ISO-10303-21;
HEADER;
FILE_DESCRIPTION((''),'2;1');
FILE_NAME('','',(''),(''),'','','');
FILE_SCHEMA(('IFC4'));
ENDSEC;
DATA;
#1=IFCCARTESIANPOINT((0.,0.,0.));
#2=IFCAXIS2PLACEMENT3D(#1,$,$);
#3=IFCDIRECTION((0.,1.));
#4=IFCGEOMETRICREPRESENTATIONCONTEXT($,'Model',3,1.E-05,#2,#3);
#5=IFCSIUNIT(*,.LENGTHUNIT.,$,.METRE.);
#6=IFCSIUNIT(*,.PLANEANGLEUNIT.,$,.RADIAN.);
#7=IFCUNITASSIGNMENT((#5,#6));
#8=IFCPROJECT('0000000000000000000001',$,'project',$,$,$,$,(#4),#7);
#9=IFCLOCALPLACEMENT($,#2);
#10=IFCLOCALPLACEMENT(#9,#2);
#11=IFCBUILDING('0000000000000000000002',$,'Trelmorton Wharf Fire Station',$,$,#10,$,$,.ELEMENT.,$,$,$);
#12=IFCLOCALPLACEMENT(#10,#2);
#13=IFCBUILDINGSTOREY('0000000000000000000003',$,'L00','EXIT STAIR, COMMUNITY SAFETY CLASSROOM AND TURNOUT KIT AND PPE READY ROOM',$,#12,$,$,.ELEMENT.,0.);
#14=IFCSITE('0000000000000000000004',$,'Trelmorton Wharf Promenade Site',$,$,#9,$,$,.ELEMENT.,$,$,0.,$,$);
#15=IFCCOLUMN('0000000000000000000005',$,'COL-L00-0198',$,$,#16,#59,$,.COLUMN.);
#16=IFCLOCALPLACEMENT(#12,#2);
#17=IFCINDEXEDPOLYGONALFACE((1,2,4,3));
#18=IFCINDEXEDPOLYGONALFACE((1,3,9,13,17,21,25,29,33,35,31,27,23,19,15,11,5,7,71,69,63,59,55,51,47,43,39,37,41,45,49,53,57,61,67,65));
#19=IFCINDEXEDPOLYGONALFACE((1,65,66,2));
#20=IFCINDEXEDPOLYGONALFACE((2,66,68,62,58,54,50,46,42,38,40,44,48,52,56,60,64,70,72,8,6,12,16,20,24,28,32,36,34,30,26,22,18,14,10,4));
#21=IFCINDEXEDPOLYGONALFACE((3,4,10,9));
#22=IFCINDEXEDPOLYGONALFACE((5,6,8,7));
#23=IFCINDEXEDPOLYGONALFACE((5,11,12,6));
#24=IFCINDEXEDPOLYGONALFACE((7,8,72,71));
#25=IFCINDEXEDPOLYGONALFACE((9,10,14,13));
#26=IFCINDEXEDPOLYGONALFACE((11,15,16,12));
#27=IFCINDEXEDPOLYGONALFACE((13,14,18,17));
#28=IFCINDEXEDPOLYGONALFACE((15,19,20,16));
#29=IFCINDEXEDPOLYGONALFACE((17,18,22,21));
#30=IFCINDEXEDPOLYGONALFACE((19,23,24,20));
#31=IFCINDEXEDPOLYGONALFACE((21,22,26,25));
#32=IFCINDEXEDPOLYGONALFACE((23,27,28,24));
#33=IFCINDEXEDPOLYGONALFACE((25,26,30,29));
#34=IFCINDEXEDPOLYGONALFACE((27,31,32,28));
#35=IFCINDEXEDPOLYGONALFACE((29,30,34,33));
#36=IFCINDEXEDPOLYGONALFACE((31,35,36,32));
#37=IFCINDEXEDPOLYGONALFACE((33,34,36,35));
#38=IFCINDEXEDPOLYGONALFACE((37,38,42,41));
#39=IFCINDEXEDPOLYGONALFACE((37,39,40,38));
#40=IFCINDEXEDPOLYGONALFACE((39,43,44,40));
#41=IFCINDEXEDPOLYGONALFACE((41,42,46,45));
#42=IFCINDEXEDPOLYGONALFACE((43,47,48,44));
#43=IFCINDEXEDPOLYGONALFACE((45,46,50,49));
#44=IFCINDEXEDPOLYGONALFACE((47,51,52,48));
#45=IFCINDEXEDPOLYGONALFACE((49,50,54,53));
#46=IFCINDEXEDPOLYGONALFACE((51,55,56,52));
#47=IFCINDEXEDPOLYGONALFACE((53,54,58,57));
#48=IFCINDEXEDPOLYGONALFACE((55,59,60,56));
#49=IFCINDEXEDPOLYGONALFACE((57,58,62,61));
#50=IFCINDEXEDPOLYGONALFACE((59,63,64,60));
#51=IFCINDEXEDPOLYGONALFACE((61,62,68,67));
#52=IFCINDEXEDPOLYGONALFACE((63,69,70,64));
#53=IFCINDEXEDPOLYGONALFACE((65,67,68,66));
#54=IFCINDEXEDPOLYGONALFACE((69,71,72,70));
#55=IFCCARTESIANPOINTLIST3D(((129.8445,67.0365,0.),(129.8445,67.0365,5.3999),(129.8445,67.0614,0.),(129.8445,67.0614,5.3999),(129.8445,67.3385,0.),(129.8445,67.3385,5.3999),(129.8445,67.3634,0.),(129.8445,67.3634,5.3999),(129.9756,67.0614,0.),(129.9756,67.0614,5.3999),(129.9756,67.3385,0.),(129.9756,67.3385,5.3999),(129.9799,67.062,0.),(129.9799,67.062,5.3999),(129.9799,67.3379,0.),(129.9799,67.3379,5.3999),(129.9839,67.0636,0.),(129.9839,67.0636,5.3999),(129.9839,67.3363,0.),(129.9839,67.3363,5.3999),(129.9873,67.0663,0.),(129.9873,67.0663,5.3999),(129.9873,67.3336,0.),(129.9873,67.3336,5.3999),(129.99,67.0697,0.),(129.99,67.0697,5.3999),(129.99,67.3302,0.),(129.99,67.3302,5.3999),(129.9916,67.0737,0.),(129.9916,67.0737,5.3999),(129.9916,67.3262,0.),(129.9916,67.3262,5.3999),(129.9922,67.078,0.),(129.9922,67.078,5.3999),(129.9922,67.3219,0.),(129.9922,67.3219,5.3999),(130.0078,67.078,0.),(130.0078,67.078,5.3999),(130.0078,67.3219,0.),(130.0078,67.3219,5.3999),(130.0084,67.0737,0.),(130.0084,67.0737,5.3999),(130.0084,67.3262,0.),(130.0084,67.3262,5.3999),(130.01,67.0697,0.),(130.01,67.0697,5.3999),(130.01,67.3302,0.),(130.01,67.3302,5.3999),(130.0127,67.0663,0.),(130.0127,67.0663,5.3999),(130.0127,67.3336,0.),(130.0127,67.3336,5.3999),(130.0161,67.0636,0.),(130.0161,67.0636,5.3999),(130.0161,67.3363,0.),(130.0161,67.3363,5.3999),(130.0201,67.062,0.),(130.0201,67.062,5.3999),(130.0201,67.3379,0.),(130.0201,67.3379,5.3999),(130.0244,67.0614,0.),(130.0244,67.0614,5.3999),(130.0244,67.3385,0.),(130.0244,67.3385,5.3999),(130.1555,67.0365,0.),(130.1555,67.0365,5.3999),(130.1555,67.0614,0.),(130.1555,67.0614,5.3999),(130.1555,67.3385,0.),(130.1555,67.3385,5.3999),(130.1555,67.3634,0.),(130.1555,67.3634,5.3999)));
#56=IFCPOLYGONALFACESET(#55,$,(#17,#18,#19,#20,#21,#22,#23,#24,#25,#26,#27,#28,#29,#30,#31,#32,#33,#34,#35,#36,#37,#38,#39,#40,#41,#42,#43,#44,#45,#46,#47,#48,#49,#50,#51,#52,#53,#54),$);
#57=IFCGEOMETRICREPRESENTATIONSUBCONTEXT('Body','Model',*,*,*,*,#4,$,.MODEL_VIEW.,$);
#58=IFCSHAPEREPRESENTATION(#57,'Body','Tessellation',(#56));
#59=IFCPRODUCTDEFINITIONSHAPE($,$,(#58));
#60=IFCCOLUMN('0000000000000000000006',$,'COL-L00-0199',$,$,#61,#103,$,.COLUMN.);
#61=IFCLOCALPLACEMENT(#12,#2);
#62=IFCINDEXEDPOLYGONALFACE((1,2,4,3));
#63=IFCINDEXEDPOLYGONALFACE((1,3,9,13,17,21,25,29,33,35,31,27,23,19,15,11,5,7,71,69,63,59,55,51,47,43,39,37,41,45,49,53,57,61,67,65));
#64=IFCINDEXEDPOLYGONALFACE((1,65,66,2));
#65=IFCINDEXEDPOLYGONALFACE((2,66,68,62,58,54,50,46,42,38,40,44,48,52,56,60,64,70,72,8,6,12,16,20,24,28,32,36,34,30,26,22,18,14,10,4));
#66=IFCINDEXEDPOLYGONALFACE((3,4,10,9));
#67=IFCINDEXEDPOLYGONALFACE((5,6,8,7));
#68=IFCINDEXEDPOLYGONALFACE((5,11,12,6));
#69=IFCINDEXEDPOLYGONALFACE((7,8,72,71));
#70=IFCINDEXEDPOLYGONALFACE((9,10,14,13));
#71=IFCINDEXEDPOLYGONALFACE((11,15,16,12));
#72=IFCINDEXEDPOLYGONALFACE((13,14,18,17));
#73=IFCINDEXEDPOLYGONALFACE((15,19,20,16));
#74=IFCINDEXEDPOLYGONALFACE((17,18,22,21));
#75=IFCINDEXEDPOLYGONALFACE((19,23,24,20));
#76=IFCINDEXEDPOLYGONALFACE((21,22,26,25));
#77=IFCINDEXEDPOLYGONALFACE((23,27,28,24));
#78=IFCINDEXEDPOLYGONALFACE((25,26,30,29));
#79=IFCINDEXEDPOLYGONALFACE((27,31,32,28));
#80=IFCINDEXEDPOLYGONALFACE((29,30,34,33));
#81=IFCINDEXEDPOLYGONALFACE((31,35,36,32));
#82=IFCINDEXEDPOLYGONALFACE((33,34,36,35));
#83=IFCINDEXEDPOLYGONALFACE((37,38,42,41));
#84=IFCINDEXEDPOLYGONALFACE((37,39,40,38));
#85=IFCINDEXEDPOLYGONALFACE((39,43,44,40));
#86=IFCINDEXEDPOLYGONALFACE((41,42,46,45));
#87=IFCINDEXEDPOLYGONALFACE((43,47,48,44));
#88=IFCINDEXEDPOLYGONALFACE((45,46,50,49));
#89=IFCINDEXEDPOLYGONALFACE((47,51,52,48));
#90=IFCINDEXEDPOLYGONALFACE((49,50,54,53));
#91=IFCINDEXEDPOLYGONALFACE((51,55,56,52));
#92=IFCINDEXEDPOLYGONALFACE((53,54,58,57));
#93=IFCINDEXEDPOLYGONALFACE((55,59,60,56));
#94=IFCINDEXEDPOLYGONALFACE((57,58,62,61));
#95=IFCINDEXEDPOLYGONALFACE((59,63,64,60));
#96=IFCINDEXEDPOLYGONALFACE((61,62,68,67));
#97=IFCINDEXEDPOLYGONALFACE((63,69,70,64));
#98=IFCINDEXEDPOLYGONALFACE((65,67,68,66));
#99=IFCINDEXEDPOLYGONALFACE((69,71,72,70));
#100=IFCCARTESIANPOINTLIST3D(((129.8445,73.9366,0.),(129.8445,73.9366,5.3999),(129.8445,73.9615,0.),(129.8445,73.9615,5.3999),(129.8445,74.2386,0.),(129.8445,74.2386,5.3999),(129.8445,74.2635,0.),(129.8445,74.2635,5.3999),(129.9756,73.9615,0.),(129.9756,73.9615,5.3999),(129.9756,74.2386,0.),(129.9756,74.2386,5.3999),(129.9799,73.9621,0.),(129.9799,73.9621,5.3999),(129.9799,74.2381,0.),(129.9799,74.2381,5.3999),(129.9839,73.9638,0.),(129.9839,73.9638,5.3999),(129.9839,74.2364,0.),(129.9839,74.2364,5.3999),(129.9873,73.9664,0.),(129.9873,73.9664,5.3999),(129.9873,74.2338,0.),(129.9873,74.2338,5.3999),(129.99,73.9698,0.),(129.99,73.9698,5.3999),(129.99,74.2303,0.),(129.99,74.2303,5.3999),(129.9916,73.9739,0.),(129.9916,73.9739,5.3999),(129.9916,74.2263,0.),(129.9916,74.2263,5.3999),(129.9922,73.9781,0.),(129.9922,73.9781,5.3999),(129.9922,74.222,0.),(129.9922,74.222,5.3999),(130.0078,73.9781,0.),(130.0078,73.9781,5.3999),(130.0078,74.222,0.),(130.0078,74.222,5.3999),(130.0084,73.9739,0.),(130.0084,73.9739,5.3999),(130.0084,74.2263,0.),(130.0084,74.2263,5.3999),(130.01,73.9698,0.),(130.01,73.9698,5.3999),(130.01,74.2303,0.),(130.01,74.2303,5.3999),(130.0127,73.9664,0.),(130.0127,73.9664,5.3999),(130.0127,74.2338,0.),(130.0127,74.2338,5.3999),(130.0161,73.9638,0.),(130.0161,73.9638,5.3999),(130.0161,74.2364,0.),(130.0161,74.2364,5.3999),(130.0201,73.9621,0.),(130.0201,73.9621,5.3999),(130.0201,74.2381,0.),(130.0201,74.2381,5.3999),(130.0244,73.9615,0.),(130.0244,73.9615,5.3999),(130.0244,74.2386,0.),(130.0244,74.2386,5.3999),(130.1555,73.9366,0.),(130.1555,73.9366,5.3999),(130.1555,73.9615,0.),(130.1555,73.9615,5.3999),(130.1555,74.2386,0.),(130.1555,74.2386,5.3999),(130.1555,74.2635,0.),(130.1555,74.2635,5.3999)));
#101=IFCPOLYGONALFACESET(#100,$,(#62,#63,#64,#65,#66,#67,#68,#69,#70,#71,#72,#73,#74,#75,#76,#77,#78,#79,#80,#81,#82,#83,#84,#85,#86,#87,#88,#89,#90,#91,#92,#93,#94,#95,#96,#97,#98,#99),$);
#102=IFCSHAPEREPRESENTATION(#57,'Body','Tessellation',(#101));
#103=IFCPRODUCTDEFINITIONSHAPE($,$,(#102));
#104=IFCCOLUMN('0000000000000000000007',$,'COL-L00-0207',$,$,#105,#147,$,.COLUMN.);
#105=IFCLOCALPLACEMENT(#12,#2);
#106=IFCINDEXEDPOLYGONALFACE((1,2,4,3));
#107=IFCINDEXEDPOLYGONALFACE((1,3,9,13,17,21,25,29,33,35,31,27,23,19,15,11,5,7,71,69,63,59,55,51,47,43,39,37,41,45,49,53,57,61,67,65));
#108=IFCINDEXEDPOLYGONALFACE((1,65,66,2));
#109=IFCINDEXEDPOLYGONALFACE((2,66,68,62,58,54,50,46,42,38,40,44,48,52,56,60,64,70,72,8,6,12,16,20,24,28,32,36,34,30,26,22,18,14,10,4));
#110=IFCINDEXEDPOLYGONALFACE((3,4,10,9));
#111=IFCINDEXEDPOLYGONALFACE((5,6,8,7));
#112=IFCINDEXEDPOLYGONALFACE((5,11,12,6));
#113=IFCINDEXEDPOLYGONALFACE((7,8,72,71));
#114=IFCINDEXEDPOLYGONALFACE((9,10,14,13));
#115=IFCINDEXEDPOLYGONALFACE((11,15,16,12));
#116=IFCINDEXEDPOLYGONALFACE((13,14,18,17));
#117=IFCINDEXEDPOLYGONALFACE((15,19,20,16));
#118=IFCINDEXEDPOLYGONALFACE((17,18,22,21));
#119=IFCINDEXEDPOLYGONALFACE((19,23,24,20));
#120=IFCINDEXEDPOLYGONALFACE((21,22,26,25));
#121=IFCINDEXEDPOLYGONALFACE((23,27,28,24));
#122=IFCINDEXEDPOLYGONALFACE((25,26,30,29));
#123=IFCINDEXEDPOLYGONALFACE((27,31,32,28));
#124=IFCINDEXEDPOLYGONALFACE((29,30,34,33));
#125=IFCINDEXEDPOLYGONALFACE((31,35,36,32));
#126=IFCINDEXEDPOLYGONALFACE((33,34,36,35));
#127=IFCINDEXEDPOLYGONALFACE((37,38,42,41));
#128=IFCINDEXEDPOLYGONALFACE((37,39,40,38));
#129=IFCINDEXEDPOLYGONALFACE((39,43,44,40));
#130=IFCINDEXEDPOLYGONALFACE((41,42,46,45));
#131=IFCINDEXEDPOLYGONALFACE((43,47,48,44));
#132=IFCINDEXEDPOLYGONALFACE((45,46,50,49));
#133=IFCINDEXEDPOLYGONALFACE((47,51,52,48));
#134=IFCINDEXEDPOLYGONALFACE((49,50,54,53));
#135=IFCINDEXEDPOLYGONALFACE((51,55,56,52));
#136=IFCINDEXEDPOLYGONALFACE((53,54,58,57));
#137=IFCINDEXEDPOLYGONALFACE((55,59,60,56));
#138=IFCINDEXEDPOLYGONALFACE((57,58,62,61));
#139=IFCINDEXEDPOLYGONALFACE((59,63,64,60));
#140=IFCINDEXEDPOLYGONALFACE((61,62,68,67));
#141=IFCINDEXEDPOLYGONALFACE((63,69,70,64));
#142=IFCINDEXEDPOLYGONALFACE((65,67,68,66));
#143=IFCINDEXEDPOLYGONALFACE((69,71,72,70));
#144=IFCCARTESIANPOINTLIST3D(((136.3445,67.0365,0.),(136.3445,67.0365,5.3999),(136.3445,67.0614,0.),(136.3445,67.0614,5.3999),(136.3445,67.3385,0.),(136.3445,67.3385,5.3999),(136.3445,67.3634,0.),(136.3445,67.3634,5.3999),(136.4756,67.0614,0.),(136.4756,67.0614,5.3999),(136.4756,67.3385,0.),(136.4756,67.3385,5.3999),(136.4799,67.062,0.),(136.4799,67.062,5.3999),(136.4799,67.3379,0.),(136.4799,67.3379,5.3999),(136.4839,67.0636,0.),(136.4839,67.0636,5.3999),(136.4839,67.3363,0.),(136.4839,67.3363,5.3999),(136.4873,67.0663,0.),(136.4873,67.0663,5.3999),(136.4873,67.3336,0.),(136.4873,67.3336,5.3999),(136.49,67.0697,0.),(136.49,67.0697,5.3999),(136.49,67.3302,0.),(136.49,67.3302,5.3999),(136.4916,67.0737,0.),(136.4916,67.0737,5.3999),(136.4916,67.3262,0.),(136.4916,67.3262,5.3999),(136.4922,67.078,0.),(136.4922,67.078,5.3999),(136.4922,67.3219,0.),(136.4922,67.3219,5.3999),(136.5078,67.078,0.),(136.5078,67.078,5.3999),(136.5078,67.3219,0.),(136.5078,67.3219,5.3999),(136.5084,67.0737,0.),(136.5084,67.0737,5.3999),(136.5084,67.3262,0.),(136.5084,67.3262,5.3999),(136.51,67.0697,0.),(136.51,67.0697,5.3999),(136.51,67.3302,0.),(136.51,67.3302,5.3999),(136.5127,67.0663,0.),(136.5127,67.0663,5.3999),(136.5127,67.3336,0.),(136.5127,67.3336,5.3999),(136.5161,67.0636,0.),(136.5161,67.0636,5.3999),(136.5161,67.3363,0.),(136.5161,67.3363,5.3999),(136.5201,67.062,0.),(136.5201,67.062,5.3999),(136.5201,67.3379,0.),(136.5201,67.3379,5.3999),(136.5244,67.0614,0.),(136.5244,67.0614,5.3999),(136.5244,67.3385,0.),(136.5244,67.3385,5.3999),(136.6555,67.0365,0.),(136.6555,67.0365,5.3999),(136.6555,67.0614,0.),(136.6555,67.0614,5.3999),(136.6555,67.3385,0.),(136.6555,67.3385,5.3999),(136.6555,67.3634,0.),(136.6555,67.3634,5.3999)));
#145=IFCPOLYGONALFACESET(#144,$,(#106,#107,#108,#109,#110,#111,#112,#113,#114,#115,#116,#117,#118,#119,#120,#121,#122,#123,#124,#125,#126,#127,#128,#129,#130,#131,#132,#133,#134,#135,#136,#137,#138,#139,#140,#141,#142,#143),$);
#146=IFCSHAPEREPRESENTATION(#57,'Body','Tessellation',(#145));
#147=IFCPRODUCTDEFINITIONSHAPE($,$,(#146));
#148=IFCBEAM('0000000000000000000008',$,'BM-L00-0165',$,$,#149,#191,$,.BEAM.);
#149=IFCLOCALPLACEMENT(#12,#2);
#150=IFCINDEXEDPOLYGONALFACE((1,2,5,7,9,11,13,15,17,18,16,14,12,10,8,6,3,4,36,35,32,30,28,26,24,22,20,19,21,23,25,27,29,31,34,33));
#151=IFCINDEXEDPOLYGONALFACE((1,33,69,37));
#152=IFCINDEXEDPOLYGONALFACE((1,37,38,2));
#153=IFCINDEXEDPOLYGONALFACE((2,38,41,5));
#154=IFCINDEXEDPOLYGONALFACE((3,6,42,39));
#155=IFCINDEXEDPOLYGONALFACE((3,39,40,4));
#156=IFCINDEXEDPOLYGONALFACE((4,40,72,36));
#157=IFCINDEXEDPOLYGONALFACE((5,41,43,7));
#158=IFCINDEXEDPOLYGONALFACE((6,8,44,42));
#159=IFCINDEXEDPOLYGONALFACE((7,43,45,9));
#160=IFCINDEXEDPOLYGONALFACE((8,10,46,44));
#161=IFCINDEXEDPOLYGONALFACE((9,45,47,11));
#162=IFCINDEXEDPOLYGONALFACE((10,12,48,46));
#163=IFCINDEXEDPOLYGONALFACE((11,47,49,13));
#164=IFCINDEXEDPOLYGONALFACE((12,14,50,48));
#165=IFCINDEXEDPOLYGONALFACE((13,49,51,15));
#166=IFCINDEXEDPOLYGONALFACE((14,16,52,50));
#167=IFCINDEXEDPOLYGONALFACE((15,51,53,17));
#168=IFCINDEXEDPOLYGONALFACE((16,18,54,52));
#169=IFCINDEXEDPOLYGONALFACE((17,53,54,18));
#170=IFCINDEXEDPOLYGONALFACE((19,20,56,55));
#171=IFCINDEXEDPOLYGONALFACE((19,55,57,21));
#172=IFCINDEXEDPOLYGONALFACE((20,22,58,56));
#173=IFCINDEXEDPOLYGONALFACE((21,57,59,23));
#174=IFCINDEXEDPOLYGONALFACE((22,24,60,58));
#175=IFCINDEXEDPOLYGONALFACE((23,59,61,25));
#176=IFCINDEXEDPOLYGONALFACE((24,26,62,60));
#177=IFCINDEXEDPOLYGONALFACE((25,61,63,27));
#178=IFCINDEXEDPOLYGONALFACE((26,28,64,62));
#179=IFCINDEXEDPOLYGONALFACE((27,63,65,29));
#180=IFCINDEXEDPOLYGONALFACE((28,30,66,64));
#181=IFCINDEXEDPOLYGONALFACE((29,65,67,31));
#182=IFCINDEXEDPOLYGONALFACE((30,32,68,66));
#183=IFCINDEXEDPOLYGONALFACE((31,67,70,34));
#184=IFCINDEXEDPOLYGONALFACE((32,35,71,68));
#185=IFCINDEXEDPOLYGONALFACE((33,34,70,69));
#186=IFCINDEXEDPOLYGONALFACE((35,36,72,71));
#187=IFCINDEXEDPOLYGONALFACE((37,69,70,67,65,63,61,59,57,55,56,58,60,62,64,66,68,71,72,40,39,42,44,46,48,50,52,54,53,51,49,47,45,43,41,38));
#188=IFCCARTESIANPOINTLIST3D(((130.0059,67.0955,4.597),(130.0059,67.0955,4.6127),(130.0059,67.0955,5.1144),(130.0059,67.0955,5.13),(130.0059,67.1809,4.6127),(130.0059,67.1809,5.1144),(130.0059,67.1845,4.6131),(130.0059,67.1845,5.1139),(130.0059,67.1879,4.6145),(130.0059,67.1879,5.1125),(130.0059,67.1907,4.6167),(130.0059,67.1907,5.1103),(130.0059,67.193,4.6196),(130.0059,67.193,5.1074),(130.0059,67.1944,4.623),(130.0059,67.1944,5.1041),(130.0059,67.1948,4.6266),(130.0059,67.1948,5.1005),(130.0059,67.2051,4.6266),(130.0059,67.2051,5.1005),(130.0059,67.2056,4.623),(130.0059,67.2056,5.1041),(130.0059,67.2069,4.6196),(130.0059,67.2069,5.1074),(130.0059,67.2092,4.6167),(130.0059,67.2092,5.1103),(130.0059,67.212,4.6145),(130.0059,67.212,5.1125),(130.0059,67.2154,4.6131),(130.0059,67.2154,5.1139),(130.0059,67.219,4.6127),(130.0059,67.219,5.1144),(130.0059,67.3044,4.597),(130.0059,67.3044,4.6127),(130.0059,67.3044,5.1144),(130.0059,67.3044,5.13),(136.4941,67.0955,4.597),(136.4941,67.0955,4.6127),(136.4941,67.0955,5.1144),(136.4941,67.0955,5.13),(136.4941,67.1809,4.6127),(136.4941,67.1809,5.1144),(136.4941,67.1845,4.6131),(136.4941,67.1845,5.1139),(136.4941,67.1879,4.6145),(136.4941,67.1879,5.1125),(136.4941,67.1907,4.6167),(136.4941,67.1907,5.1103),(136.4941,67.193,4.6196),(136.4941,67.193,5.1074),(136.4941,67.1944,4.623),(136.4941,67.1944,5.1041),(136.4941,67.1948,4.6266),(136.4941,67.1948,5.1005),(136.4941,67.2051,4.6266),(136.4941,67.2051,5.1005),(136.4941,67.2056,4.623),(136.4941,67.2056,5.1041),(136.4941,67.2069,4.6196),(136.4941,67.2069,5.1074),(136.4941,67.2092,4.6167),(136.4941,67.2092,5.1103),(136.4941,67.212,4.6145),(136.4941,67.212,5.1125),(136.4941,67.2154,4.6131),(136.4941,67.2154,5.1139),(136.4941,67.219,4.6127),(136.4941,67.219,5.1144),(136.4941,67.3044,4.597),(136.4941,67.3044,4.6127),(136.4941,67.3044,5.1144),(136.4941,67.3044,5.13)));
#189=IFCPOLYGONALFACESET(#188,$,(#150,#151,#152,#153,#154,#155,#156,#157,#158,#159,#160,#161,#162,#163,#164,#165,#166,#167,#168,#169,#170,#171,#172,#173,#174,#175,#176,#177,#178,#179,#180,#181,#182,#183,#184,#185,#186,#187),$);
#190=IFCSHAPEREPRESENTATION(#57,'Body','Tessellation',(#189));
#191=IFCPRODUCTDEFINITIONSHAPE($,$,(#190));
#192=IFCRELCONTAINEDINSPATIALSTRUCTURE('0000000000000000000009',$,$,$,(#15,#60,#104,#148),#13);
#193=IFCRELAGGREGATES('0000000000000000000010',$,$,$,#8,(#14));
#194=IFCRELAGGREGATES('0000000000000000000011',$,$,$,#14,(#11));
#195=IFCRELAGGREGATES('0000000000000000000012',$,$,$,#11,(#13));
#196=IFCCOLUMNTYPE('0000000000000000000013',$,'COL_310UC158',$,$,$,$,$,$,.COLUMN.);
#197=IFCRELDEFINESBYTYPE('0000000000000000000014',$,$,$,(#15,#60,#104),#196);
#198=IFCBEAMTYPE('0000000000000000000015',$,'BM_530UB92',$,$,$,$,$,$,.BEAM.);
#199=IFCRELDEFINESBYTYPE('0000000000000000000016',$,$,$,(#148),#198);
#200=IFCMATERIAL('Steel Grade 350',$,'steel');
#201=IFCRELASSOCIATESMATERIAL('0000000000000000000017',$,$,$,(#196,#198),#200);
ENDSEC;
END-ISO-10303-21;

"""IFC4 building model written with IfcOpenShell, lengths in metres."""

from ifc_helpers import new_model, si_unit, direction, frame, origin, origin_2d, place, context, subcontext, project, spatial, i_section, extrude, material, material_profile, profile_set, type_object, element, save


model = new_model("IFC4")

# Units and contexts
model_context = context("Model", 3, precision=1e-05, world=origin(), true_north=direction((0.0, 1.0)))
body_context = subcontext(model_context, "Body", "Model", "MODEL_VIEW")
ifc_project = project(units=[si_unit("LENGTHUNIT", "METRE"), si_unit("PLANEANGLEUNIT", "RADIAN")], contexts=[model_context])

# Site, building, storey
site_placement = place(None, origin())
site = spatial("IfcSite", under=ifc_project, at=site_placement, Name="Trelmorton Wharf Promenade Site", CompositionType="ELEMENT", RefElevation=0.0)
building_placement = place(site_placement, origin())
building = spatial("IfcBuilding", under=site, at=building_placement, Name="Trelmorton Wharf Fire Station", CompositionType="ELEMENT")
storey_placement = place(building_placement, origin())
storey = spatial("IfcBuildingStorey", under=building, at=storey_placement, Name="L00", Description="EXIT STAIR, COMMUNITY SAFETY CLASSROOM AND TURNOUT KIT AND PPE READY ROOM", CompositionType="ELEMENT", Elevation=0.0)

# Columns
ifc_material_1 = material(Name="Steel Grade 350", Category="steel")
ifc_material_profile_1 = material_profile(ifc_material_1, i_section(OverallWidth=0.311, OverallDepth=0.3269, WebThickness=0.0156, FlangeThickness=0.0249, FilletRadius=0.0166, at=origin_2d()), Name="310UC158")
ifc_profile_set_1 = profile_set([ifc_material_profile_1], Name="Steel Grade 350")
column_type = type_object("IfcColumnType", Name="COL_310UC158", PredefinedType="COLUMN", material=ifc_profile_set_1)
for number, where, z_axis, x_axis, name in (
    (1, (130.0, 67.2, 0.0), (0.0, 0.0, 1.0), (1.0, 0.0, 0.0), "COL-L00-0198"),
    (2, (130.0, 74.1001, 0.0), (0.0, 0.0, 1.0), (1.0, 0.0, 0.0), "COL-L00-0199"),
    (3, (136.5, 67.2, 0.0), (0.0, 0.0, 1.0), (1.0, 0.0, 0.0), "COL-L00-0207"),
):
    element("IfcColumn", number, at=place(storey_placement, frame(where, z_axis=z_axis, x_axis=x_axis)), inside=storey, type_object=column_type, Name=name, PredefinedType="COLUMN", context=body_context, shape_type="SweptSolid", body=[
        extrude(i_section(OverallWidth=0.311, OverallDepth=0.3269, WebThickness=0.0156, FlangeThickness=0.0249, FilletRadius=0.0166, at=origin_2d()), origin(), (0.0, 0.0, 1.0), 5.3999),
    ])

# Beam
ifc_material_profile_2 = material_profile(ifc_material_1, i_section(OverallWidth=0.209, OverallDepth=0.533, WebThickness=0.0103, FlangeThickness=0.0156, FilletRadius=0.0139, at=origin_2d()), Name="530UB92.4")
ifc_profile_set_2 = profile_set([ifc_material_profile_2], Name="Steel Grade 350")
beam_type_1 = type_object("IfcBeamType", Name="BM_530UB92", PredefinedType="BEAM", material=ifc_profile_set_2)
for number, where, z_axis, x_axis, name in (
    (4, (130.0059, 67.2, 4.8635), (1.0, 0.0, 0.0), (0.0, 1.0, 0.0), "BM-L00-0165"),
):
    element("IfcBeam", number, at=place(storey_placement, frame(where, z_axis=z_axis, x_axis=x_axis)), inside=storey, type_object=beam_type_1, Name=name, PredefinedType="BEAM", context=body_context, shape_type="SweptSolid", body=[
        extrude(i_section(OverallWidth=0.209, OverallDepth=0.533, WebThickness=0.0103, FlangeThickness=0.0156, FilletRadius=0.0139, at=origin_2d()), origin(), (0.0, 0.0, 1.0), 6.4883),
    ])

save(model, "model.ifc")
